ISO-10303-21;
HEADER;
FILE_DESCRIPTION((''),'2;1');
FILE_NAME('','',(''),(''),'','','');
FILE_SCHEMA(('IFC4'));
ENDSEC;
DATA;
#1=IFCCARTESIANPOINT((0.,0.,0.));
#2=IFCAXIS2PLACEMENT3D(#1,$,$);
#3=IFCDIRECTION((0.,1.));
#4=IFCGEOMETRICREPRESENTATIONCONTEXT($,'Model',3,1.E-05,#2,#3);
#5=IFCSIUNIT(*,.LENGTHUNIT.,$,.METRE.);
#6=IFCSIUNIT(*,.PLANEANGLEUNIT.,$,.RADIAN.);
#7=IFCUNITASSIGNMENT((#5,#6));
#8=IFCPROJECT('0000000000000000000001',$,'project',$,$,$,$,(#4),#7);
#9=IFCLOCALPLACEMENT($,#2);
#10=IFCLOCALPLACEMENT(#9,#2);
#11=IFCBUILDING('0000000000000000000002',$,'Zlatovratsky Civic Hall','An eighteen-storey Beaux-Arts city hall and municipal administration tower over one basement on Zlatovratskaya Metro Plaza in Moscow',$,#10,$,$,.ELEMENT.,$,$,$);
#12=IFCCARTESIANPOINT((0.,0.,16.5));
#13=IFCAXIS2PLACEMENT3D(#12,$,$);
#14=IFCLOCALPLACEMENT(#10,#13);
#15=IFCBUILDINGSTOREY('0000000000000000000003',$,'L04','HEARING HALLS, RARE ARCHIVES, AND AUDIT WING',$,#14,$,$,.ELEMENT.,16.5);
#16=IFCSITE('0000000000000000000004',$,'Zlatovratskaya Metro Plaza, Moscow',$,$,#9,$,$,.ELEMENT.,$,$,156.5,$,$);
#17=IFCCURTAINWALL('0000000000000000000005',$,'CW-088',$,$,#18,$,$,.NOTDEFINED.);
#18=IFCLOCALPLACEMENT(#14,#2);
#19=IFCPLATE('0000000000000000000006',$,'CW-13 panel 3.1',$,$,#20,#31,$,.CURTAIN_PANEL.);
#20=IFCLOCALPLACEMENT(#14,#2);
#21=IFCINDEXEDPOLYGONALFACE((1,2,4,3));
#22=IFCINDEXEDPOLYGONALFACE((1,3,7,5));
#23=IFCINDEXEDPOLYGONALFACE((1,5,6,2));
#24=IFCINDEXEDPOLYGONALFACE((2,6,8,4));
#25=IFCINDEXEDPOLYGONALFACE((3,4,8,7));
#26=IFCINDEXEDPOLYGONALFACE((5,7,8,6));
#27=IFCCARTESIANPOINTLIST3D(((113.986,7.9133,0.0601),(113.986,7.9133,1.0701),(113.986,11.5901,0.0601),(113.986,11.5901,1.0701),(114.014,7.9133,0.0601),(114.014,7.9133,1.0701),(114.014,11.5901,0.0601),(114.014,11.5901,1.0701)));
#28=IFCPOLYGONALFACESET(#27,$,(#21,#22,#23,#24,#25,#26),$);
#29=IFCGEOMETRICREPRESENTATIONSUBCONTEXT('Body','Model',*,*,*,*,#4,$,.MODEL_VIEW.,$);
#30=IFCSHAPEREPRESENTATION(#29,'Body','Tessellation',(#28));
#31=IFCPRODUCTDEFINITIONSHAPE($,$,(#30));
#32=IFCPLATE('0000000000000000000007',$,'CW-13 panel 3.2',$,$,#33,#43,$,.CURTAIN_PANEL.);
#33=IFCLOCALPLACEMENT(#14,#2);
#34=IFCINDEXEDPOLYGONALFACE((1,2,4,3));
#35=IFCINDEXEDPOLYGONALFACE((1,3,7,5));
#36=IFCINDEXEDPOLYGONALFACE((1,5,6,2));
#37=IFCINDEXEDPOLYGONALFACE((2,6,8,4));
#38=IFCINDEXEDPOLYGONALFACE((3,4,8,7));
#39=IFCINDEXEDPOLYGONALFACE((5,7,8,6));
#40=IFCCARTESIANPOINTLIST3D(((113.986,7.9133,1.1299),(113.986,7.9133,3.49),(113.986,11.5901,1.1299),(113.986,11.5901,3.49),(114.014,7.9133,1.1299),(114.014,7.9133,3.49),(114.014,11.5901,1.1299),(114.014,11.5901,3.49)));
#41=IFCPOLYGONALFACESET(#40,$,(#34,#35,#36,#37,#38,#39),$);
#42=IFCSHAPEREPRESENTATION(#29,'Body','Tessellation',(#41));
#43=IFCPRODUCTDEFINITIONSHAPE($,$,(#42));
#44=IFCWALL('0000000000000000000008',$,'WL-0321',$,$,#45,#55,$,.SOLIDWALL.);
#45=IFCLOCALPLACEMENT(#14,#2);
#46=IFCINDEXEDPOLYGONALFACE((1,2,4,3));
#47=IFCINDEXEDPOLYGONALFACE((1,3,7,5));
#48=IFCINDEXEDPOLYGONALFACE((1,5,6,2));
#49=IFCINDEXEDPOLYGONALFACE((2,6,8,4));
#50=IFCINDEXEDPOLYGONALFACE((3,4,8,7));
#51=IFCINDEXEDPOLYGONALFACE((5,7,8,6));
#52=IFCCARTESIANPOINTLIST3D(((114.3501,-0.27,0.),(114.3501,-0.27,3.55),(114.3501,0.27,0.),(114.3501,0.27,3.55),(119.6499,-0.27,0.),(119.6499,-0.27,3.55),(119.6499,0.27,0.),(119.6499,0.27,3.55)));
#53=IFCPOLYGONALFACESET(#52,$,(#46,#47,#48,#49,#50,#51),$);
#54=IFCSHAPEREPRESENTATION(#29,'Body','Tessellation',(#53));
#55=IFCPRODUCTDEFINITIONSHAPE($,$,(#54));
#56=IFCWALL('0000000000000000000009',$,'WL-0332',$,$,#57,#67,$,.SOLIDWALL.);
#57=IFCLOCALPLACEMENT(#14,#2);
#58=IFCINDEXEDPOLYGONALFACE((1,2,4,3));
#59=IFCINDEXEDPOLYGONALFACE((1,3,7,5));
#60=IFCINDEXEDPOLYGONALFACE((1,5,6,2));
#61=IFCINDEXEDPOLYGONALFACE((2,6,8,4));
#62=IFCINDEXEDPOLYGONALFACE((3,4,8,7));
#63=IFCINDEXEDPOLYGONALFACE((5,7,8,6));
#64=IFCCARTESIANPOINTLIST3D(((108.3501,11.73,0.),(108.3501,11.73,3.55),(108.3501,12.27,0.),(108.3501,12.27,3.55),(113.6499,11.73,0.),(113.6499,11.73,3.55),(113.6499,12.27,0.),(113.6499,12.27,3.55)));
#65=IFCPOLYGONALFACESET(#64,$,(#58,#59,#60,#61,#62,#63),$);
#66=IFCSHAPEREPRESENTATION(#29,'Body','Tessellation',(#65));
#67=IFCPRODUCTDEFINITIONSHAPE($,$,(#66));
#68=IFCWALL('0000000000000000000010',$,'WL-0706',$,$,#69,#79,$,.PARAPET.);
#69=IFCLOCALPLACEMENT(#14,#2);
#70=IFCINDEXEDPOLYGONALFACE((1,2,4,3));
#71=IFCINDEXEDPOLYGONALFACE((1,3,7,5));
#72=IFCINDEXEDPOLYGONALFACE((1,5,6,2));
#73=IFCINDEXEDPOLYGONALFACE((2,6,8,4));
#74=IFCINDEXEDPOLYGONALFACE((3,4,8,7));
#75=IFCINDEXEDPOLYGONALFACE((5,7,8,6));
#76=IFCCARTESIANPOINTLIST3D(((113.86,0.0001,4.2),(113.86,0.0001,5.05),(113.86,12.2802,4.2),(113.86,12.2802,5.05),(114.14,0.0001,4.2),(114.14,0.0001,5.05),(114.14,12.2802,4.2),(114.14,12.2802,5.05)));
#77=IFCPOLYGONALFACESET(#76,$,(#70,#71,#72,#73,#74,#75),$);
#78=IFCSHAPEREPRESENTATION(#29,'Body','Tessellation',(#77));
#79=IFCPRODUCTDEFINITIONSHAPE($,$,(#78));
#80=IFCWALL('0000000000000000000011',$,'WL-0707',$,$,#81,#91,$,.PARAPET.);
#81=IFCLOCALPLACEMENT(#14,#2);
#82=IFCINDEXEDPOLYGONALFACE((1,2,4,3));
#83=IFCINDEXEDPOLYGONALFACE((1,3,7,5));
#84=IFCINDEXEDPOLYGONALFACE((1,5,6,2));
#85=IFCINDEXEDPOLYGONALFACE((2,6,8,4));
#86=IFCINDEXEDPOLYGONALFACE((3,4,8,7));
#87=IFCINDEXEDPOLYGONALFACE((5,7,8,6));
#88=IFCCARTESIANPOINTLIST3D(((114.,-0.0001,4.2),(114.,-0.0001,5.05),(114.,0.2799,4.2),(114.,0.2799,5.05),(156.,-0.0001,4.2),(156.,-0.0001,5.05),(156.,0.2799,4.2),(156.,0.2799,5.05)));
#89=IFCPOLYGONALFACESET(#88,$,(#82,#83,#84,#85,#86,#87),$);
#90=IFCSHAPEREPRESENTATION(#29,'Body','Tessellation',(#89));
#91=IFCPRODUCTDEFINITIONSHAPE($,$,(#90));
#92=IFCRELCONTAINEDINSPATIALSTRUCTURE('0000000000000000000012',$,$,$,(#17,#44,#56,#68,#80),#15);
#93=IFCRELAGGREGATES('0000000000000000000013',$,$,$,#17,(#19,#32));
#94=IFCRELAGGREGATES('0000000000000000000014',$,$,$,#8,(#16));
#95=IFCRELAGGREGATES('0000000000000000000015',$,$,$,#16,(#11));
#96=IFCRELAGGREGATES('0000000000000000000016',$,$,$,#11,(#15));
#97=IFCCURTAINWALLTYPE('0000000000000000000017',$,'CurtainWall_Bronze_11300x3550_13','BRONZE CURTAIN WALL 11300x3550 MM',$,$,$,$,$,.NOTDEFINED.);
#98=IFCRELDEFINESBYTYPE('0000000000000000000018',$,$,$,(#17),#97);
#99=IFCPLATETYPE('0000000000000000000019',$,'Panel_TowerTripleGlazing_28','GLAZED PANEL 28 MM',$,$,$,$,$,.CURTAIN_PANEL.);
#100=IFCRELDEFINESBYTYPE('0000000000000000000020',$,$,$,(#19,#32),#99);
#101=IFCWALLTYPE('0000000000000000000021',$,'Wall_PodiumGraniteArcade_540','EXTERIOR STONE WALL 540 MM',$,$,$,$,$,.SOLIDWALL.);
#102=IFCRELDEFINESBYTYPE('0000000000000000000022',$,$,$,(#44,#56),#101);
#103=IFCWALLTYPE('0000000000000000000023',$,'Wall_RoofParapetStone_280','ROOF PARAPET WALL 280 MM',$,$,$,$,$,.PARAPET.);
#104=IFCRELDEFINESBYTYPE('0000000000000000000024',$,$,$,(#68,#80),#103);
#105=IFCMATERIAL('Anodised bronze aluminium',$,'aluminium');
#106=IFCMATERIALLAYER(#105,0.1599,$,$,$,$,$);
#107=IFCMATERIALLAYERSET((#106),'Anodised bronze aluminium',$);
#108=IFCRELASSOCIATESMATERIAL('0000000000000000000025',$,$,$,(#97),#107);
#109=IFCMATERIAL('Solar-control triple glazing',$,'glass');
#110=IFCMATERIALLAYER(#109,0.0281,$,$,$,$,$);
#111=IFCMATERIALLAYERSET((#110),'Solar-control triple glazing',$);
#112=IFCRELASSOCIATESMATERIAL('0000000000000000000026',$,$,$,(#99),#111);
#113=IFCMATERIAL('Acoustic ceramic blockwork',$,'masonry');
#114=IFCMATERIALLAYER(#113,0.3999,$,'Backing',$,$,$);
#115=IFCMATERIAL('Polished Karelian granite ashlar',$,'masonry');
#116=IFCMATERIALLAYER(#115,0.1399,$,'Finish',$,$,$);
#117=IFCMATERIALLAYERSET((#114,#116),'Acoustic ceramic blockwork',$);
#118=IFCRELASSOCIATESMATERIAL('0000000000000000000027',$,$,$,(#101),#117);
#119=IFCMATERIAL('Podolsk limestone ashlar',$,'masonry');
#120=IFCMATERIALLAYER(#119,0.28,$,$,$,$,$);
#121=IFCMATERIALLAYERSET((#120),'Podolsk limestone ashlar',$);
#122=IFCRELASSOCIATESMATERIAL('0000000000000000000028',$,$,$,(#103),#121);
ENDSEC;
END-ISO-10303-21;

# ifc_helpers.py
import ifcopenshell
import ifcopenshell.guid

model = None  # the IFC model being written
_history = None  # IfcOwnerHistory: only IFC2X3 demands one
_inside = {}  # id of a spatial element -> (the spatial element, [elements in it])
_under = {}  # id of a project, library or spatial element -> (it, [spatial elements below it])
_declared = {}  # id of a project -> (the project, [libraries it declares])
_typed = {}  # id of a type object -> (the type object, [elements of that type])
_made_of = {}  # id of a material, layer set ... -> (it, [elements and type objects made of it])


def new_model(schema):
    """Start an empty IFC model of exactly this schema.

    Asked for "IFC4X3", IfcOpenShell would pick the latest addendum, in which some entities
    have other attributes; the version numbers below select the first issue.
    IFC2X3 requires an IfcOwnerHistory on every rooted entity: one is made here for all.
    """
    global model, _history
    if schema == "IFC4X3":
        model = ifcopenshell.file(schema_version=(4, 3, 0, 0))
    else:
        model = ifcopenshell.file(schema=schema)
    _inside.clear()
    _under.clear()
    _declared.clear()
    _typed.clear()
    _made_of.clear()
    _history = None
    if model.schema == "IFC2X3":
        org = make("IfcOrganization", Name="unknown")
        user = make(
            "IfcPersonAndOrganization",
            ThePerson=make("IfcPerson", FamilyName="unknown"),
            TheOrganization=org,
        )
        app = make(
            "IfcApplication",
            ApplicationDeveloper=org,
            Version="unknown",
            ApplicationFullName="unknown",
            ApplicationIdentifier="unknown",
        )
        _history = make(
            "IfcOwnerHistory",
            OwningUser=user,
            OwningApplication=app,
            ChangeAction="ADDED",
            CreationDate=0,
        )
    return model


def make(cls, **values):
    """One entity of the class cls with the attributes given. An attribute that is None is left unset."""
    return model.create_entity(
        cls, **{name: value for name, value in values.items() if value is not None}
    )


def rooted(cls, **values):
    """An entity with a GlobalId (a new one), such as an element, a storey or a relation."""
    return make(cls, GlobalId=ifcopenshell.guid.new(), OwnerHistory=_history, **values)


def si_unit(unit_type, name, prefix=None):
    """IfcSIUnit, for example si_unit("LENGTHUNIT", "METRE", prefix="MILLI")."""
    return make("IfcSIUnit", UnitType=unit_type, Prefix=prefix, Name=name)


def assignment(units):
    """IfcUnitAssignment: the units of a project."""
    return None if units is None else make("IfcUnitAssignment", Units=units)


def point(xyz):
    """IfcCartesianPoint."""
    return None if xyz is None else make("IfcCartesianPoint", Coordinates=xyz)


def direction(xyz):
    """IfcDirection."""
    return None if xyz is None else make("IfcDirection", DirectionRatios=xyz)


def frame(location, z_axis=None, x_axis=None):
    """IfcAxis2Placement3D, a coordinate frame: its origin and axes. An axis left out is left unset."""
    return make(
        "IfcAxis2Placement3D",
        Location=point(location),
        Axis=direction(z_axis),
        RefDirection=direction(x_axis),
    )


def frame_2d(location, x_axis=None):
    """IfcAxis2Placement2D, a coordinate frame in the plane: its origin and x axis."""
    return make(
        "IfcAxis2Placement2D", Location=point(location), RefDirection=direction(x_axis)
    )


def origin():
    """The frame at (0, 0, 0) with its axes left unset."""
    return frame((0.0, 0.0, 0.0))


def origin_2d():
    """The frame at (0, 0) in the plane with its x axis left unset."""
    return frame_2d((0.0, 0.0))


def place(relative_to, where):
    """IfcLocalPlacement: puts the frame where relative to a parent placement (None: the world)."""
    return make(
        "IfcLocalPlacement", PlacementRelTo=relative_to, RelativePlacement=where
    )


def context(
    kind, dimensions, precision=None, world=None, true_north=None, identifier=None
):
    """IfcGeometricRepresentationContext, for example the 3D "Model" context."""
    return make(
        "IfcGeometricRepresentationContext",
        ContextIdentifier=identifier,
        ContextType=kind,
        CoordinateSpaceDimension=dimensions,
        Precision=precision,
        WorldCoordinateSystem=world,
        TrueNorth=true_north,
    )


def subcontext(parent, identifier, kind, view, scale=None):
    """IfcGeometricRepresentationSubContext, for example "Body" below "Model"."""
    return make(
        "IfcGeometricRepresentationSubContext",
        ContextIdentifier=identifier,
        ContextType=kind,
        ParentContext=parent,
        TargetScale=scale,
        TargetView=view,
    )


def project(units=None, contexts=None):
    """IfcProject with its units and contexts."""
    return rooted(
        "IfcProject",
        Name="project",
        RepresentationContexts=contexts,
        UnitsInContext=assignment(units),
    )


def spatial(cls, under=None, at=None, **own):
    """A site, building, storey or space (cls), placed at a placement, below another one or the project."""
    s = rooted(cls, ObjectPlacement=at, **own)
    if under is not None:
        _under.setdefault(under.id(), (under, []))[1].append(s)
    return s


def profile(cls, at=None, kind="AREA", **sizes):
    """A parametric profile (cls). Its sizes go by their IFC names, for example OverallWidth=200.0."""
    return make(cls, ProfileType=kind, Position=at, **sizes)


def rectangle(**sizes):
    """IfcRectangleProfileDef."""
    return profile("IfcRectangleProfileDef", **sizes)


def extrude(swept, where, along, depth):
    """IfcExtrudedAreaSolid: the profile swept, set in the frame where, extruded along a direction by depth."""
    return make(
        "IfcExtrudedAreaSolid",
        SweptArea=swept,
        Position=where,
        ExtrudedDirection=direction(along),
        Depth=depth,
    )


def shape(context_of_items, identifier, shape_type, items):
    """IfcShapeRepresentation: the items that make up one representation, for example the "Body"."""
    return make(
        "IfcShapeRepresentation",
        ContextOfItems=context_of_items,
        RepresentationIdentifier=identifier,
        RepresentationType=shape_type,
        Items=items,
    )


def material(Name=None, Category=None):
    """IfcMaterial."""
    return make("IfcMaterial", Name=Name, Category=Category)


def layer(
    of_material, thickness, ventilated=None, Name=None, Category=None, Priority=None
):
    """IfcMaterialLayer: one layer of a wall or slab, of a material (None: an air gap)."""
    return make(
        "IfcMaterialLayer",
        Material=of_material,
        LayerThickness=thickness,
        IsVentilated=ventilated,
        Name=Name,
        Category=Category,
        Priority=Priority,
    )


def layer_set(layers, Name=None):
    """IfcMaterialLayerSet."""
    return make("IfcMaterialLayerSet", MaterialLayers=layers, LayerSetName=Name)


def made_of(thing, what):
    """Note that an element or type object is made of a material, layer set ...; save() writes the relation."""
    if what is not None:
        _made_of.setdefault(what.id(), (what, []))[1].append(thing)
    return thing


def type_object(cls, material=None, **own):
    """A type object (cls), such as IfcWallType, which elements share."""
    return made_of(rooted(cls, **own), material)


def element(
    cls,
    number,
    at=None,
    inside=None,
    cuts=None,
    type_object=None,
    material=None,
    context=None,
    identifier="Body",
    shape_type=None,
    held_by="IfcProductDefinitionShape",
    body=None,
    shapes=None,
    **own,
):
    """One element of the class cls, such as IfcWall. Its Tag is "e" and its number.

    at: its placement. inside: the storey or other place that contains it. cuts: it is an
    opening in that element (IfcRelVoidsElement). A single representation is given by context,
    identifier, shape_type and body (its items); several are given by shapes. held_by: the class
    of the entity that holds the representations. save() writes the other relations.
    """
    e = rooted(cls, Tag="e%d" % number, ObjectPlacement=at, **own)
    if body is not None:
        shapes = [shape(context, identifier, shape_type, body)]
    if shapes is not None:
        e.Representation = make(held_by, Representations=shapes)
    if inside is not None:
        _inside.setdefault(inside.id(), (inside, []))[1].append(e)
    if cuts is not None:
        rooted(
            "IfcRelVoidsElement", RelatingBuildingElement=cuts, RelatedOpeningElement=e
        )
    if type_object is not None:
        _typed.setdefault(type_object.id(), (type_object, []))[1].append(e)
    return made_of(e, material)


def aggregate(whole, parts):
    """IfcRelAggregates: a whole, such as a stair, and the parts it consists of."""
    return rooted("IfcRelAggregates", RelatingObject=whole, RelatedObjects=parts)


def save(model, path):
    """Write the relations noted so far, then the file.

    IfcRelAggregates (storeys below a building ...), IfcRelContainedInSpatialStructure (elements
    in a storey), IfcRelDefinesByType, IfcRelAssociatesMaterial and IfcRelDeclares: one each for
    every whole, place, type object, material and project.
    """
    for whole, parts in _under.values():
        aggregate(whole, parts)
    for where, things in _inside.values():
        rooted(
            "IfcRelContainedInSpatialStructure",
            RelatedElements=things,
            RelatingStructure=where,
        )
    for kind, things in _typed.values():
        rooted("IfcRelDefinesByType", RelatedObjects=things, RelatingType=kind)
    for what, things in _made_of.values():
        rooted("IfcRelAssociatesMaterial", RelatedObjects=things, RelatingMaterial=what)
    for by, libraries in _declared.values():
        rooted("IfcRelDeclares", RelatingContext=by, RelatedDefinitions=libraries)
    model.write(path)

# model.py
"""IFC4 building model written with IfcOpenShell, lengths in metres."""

from ifc_helpers import new_model, si_unit, direction, frame, frame_2d, origin, origin_2d, place, context, subcontext, project, spatial, rectangle, extrude, material, layer, layer_set, type_object, element, aggregate, save


model = new_model("IFC4")

# Units and contexts
model_context = context("Model", 3, precision=1e-05, world=origin(), true_north=direction((0.0, 1.0)))
body_context = subcontext(model_context, "Body", "Model", "MODEL_VIEW")
ifc_project = project(units=[si_unit("LENGTHUNIT", "METRE"), si_unit("PLANEANGLEUNIT", "RADIAN")], contexts=[model_context])

# Site, building, storey
site_placement = place(None, origin())
site = spatial("IfcSite", under=ifc_project, at=site_placement, Name="Zlatovratskaya Metro Plaza, Moscow", CompositionType="ELEMENT", RefElevation=156.5)
building_placement = place(site_placement, origin())
building = spatial("IfcBuilding", under=site, at=building_placement, Name="Zlatovratsky Civic Hall", Description="An eighteen-storey Beaux-Arts city hall and municipal administration tower over one basement on Zlatovratskaya Metro Plaza in Moscow", CompositionType="ELEMENT")
storey_placement = place(building_placement, frame((0.0, 0.0, 16.5)))
storey = spatial("IfcBuildingStorey", under=building, at=storey_placement, Name="L04", Description="HEARING HALLS, RARE ARCHIVES, AND AUDIT WING", CompositionType="ELEMENT", Elevation=16.5)

# Curtain wall, plates
ifc_material_1 = material(Name="Anodised bronze aluminium", Category="aluminium")
ifc_layer_1 = layer(ifc_material_1, 0.1599)
ifc_layer_set_1 = layer_set([ifc_layer_1], Name="Anodised bronze aluminium")
curtain_wall_type = type_object("IfcCurtainWallType", Name="CurtainWall_Bronze_11300x3550_13", Description="BRONZE CURTAIN WALL 11300x3550 MM", PredefinedType="NOTDEFINED", material=ifc_layer_set_1)
curtain_wall_placement = place(storey_placement, origin())
curtain_wall = element("IfcCurtainWall", 1, at=curtain_wall_placement, inside=storey, type_object=curtain_wall_type, Name="CW-088", PredefinedType="NOTDEFINED")
ifc_material_2 = material(Name="Solar-control triple glazing", Category="glass")
ifc_layer_2 = layer(ifc_material_2, 0.0281)
ifc_layer_set_2 = layer_set([ifc_layer_2], Name="Solar-control triple glazing")
plate_type = type_object("IfcPlateType", Name="Panel_TowerTripleGlazing_28", Description="GLAZED PANEL 28 MM", PredefinedType="CURTAIN_PANEL", material=ifc_layer_set_2)
plate_1_placement = place(storey_placement, frame((114.0, 9.7517, 0.0601), z_axis=(0.0, 0.0, 1.0), x_axis=(0.0, 1.0, 0.0)))
plate_1 = element("IfcPlate", 2, at=plate_1_placement, type_object=plate_type, Name="CW-13 panel 3.1", PredefinedType="CURTAIN_PANEL", context=body_context, shape_type="SweptSolid", body=[
    extrude(rectangle(XDim=3.6768, YDim=0.0281, at=origin_2d()), origin(), (0.0, 0.0, 1.0), 1.01),
])
plate_2_placement = place(storey_placement, frame((114.0, 9.7517, 1.1299), z_axis=(0.0, 0.0, 1.0), x_axis=(0.0, 1.0, 0.0)))
plate_2 = element("IfcPlate", 3, at=plate_2_placement, type_object=plate_type, Name="CW-13 panel 3.2", PredefinedType="CURTAIN_PANEL", context=body_context, shape_type="SweptSolid", body=[
    extrude(rectangle(XDim=3.6768, YDim=0.0281, at=origin_2d()), origin(), (0.0, 0.0, 1.0), 2.3601),
])
aggregate(curtain_wall, [plate_1, plate_2])

# Walls
ifc_material_3 = material(Name="Acoustic ceramic blockwork", Category="masonry")
ifc_layer_3 = layer(ifc_material_3, 0.3999, Name="Backing")
ifc_material_4 = material(Name="Polished Karelian granite ashlar", Category="masonry")
ifc_layer_4 = layer(ifc_material_4, 0.1399, Name="Finish")
ifc_layer_set_3 = layer_set([ifc_layer_3, ifc_layer_4], Name="Acoustic ceramic blockwork")
wall_type_1 = type_object("IfcWallType", Name="Wall_PodiumGraniteArcade_540", Description="EXTERIOR STONE WALL 540 MM", PredefinedType="SOLIDWALL", material=ifc_layer_set_3)
for number, where, z_axis, x_axis, name in (
    (4, (114.3501, 0.0, 0.0), (0.0, 0.0, 1.0), (1.0, 0.0, 0.0), "WL-0321"),
    (5, (108.3501, 12.0, 0.0), (0.0, 0.0, 1.0), (1.0, 0.0, 0.0), "WL-0332"),
):
    element("IfcWall", number, at=place(storey_placement, frame(where, z_axis=z_axis, x_axis=x_axis)), inside=storey, type_object=wall_type_1, Name=name, PredefinedType="SOLIDWALL", context=body_context, shape_type="SweptSolid", body=[
        extrude(rectangle(XDim=5.2998, YDim=0.54, at=frame_2d((2.6499, 0.0))), origin(), (0.0, 0.0, 1.0), 3.55),
    ])
ifc_material_5 = material(Name="Podolsk limestone ashlar", Category="masonry")
ifc_layer_5 = layer(ifc_material_5, 0.28)
ifc_layer_set_4 = layer_set([ifc_layer_5], Name="Podolsk limestone ashlar")
wall_type_2 = type_object("IfcWallType", Name="Wall_RoofParapetStone_280", Description="ROOF PARAPET WALL 280 MM", PredefinedType="PARAPET", material=ifc_layer_set_4)
wall_1_placement = place(storey_placement, frame((114.0, 0.0, 4.2), z_axis=(0.0, 0.0, 1.0), x_axis=(0.0, 1.0, 0.0)))
element("IfcWall", 6, at=wall_1_placement, inside=storey, type_object=wall_type_2, Name="WL-0706", PredefinedType="PARAPET", context=body_context, shape_type="SweptSolid", body=[
    extrude(rectangle(XDim=12.28, YDim=0.28, at=frame_2d((6.1401, 0.0))), origin(), (0.0, 0.0, 1.0), 0.8501),
])
wall_2_placement = place(storey_placement, frame((114.0, 0.1399, 4.2), z_axis=(0.0, 0.0, 1.0), x_axis=(1.0, 0.0, 0.0)))
element("IfcWall", 7, at=wall_2_placement, inside=storey, type_object=wall_type_2, Name="WL-0707", PredefinedType="PARAPET", context=body_context, shape_type="SweptSolid", body=[
    extrude(rectangle(XDim=42.0, YDim=0.28, at=frame_2d((21.0, 0.0))), origin(), (0.0, 0.0, 1.0), 0.8501),
])

save(model, "model.ifc")
